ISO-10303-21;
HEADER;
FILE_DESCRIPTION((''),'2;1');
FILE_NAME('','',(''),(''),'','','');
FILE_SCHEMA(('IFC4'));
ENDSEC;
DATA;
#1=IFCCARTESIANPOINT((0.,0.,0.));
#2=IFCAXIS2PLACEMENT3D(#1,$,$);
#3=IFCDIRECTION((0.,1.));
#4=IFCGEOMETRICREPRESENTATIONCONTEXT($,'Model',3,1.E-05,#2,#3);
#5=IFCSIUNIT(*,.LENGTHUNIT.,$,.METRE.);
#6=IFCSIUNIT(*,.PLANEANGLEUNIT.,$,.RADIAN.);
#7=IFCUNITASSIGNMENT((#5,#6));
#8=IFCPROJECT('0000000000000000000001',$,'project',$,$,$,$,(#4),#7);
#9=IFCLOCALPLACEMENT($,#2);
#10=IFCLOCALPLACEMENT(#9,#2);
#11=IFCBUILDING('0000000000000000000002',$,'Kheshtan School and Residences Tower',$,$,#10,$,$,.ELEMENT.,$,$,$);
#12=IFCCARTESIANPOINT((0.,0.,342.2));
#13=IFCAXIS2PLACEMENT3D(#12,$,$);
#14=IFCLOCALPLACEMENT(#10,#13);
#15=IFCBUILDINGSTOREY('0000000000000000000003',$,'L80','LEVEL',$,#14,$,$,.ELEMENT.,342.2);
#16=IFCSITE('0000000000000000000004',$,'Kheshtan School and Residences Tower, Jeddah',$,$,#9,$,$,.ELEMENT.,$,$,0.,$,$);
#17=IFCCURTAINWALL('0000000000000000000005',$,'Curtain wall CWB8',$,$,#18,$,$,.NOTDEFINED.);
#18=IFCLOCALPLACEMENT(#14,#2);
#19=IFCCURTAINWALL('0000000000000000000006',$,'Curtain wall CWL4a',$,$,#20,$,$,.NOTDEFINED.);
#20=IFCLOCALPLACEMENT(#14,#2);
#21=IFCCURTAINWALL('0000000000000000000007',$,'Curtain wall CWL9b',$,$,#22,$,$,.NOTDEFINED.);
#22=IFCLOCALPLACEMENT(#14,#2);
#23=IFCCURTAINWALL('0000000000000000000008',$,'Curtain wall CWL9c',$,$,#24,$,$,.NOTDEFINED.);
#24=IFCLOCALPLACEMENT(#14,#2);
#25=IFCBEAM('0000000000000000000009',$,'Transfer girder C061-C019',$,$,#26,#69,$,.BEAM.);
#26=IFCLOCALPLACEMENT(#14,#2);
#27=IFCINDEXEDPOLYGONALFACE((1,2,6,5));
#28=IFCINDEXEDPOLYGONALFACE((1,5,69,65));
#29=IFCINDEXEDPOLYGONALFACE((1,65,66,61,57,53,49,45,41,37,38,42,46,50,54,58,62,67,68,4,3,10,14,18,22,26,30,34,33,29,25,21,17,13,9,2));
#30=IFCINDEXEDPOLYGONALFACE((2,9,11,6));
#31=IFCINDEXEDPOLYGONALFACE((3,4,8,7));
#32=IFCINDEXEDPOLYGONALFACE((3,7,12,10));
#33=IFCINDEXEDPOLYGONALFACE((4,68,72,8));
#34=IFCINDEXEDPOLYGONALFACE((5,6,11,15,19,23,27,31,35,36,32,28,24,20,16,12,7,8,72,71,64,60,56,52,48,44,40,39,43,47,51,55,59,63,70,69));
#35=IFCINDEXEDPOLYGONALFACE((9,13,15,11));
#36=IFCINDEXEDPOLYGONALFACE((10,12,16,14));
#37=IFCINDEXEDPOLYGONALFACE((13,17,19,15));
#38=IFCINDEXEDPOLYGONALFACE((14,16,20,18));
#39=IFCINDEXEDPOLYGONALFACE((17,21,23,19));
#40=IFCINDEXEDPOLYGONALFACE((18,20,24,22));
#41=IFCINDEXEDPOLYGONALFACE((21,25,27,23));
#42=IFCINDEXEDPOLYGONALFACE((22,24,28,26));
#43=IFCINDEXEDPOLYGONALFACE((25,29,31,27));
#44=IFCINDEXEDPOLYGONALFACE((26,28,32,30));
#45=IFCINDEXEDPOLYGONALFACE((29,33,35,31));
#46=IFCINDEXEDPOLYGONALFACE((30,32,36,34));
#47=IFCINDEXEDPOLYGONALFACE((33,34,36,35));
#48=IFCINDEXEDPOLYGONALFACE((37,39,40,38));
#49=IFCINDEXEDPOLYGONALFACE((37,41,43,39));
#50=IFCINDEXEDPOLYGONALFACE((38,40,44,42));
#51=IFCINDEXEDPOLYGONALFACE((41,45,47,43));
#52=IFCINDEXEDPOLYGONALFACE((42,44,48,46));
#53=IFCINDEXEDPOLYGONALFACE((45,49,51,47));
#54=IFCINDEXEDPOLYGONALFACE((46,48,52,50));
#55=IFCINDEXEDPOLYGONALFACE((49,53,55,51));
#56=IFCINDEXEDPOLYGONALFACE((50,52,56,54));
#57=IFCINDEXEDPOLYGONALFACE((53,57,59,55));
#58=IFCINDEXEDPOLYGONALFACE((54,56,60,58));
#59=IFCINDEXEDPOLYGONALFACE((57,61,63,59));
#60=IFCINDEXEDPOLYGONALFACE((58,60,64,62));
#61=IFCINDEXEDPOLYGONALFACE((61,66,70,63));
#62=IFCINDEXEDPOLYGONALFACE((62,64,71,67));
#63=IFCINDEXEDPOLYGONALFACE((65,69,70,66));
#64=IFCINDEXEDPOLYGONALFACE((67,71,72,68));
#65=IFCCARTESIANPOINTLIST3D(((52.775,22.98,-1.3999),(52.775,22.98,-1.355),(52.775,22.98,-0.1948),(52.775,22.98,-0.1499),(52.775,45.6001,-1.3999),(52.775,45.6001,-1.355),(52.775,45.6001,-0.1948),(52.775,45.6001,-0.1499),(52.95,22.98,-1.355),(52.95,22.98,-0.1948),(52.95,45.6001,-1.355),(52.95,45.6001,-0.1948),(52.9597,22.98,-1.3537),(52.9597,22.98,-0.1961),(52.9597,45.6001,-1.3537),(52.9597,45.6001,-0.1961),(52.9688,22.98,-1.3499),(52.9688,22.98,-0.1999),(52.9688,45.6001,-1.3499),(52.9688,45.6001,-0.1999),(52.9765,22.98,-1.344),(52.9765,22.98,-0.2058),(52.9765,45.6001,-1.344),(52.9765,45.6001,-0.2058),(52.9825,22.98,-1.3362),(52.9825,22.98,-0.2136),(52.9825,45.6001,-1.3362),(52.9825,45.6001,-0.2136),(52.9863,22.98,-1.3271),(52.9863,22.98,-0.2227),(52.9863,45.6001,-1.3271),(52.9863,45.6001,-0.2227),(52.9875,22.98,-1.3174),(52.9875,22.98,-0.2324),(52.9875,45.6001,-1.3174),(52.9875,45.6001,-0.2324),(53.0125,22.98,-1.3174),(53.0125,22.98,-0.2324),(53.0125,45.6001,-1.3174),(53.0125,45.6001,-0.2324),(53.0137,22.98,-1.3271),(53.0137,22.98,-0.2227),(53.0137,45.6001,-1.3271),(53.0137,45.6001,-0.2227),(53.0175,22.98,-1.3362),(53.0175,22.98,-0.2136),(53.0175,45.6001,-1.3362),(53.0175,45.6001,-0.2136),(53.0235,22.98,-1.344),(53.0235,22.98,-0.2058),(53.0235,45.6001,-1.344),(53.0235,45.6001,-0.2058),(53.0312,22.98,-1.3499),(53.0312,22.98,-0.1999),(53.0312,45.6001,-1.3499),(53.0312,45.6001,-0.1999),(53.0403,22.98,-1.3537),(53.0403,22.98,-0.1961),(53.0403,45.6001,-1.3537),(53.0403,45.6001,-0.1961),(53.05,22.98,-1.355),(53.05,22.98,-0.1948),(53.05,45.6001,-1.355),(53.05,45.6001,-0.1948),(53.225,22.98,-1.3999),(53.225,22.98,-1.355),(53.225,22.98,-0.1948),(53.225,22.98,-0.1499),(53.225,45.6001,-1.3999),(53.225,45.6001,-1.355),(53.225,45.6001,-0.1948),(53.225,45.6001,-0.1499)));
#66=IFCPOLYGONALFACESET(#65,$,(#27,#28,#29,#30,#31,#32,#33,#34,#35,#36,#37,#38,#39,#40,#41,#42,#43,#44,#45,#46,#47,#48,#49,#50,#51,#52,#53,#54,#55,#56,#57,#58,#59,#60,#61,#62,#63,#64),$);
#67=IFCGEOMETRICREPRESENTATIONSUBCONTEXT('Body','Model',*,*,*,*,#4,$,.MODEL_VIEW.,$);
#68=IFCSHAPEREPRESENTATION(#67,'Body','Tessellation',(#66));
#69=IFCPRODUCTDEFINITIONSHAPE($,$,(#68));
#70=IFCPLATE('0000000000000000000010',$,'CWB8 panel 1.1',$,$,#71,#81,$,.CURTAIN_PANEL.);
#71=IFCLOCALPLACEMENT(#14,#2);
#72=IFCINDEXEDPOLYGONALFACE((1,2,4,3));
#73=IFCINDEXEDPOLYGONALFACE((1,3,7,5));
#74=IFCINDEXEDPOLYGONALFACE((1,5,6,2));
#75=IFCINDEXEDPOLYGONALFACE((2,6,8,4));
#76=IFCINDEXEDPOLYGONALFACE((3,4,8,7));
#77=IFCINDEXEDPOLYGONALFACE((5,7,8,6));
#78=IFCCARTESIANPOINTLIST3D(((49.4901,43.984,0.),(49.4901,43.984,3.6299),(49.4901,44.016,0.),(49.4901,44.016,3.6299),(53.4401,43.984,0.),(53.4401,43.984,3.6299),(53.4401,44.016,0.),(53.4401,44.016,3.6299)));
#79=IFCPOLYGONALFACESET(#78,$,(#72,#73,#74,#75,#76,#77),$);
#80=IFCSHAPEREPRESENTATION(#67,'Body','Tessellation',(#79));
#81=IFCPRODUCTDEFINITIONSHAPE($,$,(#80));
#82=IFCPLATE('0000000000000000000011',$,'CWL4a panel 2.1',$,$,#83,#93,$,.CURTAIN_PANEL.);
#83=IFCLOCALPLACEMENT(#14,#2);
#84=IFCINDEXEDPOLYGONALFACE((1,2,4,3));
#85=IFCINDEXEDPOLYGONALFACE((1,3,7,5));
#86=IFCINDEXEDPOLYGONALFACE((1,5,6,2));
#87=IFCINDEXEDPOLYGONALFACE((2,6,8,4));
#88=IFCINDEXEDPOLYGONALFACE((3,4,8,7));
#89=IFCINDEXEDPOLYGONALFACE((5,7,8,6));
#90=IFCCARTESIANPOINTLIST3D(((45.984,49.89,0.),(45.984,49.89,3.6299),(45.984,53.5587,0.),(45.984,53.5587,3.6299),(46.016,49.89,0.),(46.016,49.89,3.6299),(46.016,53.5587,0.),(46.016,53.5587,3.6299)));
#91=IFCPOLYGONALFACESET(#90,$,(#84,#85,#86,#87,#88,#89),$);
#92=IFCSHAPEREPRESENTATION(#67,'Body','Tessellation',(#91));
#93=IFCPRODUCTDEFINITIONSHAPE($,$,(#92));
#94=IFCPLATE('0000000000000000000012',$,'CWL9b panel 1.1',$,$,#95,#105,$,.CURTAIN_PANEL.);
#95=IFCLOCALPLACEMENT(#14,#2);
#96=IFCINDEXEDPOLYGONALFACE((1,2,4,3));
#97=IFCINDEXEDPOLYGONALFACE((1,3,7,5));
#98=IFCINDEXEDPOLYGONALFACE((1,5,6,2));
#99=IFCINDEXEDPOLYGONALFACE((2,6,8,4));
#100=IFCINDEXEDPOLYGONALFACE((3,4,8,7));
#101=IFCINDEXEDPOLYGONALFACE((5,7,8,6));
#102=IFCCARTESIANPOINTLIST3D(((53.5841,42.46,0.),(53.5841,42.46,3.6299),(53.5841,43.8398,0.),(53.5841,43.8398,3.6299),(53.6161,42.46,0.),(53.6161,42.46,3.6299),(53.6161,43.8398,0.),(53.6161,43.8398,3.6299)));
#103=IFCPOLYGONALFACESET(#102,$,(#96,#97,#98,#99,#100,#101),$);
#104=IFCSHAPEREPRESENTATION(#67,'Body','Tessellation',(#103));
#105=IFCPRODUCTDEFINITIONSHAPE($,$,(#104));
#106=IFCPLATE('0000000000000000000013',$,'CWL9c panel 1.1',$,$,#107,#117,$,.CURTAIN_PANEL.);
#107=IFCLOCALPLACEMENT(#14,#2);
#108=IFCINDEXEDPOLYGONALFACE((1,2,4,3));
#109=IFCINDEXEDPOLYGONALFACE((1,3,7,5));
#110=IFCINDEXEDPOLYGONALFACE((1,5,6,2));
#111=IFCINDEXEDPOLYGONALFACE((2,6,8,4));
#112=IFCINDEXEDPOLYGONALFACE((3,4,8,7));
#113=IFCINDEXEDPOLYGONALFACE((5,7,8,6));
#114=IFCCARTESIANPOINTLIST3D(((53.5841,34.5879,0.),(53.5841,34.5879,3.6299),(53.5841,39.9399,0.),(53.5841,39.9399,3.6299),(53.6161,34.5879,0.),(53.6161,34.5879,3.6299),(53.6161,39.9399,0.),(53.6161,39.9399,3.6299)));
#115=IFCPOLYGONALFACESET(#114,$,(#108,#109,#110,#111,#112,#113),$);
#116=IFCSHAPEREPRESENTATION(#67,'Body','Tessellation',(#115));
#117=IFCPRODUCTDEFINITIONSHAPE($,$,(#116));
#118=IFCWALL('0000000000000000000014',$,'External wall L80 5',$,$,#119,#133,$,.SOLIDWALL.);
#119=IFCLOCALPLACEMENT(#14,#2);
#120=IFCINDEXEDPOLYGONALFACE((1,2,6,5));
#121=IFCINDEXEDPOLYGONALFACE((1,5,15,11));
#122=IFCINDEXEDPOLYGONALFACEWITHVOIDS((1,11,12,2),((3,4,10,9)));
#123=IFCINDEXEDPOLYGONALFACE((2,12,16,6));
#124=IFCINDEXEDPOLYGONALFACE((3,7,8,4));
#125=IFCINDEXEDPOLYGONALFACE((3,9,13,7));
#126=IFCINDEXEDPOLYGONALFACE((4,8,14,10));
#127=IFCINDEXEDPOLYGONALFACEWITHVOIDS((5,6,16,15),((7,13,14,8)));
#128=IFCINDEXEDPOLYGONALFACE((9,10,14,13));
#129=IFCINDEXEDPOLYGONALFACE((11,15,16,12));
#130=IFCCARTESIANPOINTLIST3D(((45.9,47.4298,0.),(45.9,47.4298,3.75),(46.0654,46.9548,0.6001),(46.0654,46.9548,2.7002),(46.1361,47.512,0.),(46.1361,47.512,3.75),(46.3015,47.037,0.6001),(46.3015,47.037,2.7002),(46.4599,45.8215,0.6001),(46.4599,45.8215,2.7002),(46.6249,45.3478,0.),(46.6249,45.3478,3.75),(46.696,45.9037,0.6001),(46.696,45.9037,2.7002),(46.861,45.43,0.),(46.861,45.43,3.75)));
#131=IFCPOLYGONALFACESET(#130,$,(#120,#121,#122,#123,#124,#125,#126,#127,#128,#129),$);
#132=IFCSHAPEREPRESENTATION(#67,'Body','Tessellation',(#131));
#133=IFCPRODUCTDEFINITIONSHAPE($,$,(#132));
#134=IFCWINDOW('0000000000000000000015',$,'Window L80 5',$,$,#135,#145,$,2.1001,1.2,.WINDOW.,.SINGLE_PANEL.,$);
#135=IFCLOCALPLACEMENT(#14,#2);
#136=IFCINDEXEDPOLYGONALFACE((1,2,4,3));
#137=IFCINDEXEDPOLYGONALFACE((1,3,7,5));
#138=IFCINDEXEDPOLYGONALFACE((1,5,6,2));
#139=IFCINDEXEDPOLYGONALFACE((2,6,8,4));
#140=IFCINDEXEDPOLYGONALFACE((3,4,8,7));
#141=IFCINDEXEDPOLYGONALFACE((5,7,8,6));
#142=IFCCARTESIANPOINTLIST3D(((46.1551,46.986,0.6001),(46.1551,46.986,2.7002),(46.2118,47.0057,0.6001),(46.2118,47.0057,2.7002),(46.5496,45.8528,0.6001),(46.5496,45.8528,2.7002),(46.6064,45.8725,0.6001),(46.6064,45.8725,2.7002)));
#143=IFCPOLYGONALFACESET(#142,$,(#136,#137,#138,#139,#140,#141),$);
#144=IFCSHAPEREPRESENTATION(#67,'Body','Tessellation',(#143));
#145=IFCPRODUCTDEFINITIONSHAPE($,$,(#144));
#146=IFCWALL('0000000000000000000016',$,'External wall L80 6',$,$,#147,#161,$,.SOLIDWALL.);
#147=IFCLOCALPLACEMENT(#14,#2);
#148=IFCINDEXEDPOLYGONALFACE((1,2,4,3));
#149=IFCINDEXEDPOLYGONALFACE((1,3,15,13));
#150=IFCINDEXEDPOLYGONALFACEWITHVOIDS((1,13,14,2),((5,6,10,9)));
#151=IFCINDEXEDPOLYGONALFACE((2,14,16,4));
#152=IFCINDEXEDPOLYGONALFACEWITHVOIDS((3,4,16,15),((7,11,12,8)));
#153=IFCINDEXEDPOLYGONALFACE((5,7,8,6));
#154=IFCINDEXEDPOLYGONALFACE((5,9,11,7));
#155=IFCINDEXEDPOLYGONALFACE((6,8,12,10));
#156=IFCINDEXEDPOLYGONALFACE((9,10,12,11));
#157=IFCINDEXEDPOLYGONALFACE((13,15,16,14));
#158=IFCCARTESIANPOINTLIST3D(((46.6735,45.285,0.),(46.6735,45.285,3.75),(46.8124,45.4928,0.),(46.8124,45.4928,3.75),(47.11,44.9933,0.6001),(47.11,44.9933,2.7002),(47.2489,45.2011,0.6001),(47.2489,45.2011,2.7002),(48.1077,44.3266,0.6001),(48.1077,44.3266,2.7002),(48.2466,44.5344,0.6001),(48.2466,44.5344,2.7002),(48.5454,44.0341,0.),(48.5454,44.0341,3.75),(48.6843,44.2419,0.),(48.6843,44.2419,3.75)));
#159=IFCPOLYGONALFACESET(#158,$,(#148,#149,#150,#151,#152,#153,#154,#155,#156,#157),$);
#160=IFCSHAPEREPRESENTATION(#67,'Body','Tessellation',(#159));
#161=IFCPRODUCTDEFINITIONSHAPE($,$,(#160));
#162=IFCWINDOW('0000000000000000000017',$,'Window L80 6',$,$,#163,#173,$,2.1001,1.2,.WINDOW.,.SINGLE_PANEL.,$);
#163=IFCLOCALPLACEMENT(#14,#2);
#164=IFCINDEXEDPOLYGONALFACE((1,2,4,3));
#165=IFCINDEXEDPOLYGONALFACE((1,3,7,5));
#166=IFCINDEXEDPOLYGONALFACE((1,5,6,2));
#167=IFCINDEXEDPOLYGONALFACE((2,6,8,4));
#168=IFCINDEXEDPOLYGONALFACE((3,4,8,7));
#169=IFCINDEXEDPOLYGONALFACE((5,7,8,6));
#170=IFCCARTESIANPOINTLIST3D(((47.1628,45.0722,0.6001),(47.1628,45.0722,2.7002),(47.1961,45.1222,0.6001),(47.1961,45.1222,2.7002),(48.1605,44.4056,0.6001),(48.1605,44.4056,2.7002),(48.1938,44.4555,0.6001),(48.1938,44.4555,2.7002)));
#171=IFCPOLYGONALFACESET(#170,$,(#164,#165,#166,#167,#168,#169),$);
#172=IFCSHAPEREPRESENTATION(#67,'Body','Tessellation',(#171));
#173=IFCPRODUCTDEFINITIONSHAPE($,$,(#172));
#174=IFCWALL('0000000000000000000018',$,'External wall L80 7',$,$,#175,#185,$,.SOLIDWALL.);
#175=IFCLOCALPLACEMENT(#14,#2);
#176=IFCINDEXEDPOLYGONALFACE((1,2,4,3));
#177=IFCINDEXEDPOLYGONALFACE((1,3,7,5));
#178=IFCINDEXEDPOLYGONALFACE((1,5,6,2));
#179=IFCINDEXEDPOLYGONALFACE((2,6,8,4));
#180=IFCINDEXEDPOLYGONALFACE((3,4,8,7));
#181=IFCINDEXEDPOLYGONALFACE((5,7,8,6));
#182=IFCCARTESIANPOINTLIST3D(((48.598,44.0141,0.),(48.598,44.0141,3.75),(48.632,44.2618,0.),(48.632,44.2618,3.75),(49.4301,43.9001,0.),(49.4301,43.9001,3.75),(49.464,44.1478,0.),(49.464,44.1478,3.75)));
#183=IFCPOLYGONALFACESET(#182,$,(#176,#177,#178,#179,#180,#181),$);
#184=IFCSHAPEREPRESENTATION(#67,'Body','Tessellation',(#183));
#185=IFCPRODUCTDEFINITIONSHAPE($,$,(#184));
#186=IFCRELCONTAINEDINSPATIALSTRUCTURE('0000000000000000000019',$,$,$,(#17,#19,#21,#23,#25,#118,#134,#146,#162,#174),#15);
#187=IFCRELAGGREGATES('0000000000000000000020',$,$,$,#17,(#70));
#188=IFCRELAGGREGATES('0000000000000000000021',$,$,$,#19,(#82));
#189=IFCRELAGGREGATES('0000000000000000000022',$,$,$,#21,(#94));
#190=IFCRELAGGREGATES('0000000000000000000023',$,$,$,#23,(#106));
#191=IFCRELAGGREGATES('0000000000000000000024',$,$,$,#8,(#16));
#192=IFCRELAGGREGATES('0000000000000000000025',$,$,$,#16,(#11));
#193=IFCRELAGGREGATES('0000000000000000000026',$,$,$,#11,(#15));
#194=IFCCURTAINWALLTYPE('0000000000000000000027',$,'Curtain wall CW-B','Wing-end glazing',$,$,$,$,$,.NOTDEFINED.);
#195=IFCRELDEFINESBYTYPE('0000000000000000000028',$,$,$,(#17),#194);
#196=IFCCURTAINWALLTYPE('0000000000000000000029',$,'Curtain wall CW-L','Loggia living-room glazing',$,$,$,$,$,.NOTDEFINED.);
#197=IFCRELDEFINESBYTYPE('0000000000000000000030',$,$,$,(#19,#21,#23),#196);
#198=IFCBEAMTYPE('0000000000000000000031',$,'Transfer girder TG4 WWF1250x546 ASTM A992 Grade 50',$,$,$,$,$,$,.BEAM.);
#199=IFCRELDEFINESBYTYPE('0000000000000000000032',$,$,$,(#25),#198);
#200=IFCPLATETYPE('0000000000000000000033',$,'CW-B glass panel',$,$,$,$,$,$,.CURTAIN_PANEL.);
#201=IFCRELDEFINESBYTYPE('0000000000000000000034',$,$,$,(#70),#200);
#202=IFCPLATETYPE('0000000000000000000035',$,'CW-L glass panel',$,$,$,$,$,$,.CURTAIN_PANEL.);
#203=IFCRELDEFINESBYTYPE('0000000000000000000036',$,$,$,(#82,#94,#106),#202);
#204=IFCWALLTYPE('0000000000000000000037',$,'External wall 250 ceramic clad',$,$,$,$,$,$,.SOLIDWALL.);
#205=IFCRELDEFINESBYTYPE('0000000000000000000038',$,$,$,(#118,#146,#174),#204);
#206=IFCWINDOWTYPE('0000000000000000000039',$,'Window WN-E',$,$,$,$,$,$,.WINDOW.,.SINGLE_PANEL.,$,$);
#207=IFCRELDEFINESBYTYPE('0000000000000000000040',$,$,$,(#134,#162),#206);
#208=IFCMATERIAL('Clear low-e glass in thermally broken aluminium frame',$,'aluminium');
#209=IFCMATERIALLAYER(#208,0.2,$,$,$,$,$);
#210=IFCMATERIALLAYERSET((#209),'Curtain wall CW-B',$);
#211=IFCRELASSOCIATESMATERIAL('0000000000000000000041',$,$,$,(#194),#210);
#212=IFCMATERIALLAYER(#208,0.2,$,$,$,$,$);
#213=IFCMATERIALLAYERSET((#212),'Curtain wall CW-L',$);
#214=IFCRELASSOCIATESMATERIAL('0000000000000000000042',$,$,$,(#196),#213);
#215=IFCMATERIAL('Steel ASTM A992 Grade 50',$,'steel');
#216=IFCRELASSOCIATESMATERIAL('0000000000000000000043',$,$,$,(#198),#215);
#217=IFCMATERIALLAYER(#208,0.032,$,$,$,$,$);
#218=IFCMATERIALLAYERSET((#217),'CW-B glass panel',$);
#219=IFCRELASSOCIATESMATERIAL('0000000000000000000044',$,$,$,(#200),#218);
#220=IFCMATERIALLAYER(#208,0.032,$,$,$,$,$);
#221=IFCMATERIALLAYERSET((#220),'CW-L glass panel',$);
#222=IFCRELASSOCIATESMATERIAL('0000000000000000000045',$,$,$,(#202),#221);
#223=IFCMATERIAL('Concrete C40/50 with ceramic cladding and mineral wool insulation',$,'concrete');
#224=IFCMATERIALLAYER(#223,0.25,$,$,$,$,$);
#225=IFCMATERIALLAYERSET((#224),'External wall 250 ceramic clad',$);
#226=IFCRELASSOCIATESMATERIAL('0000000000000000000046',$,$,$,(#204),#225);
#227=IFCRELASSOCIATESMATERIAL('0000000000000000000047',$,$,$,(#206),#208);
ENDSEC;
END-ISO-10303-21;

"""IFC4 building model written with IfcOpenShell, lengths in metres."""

from ifc_helpers import new_model, si_unit, direction, frame, frame_2d, origin, origin_2d, place, context, subcontext, project, spatial, rectangle, i_section, extrude, source, transform, mapped, material, layer, layer_set, material_profile, profile_set, type_object, element, fill, aggregate, save


model = new_model("IFC4")

# Units and contexts
model_context = context("Model", 3, precision=1e-05, world=origin(), true_north=direction((0.0, 1.0)))
body_context = subcontext(model_context, "Body", "Model", "MODEL_VIEW")
ifc_project = project(units=[si_unit("LENGTHUNIT", "METRE"), si_unit("PLANEANGLEUNIT", "RADIAN")], contexts=[model_context])

# Site, building, storey
site_placement = place(None, origin())
site = spatial("IfcSite", under=ifc_project, at=site_placement, Name="Kheshtan School and Residences Tower, Jeddah", CompositionType="ELEMENT", RefElevation=0.0)
building_placement = place(site_placement, origin())
building = spatial("IfcBuilding", under=site, at=building_placement, Name="Kheshtan School and Residences Tower", CompositionType="ELEMENT")
storey_placement = place(building_placement, frame((0.0, 0.0, 342.2)))
storey = spatial("IfcBuildingStorey", under=building, at=storey_placement, Name="L80", Description="LEVEL", CompositionType="ELEMENT", Elevation=342.2)

# Shared definitions
ifc_material_1 = material(Name="Steel ASTM A992 Grade 50", Category="steel")

# Curtain wall
ifc_material_2 = material(Name="Clear low-e glass in thermally broken aluminium frame", Category="aluminium")
ifc_layer_1 = layer(ifc_material_2, 0.2)
ifc_layer_set_1 = layer_set([ifc_layer_1], Name="Curtain wall CW-B")
curtain_wall_type_1 = type_object("IfcCurtainWallType", Name="Curtain wall CW-B", Description="Wing-end glazing", PredefinedType="NOTDEFINED", material=ifc_layer_set_1)
curtain_wall_1_placement = place(storey_placement, origin())
curtain_wall_1 = element("IfcCurtainWall", 1, at=curtain_wall_1_placement, inside=storey, type_object=curtain_wall_type_1, Name="Curtain wall CWB8", PredefinedType="NOTDEFINED")

# Curtain wall
ifc_layer_2 = layer(ifc_material_2, 0.2)
ifc_layer_set_2 = layer_set([ifc_layer_2], Name="Curtain wall CW-L")
curtain_wall_type_2 = type_object("IfcCurtainWallType", Name="Curtain wall CW-L", Description="Loggia living-room glazing", PredefinedType="NOTDEFINED", material=ifc_layer_set_2)
curtain_wall_2_placement = place(storey_placement, origin())
curtain_wall_2 = element("IfcCurtainWall", 2, at=curtain_wall_2_placement, inside=storey, type_object=curtain_wall_type_2, Name="Curtain wall CWL4a", PredefinedType="NOTDEFINED")

# Curtain wall
curtain_wall_3_placement = place(storey_placement, origin())
curtain_wall_3 = element("IfcCurtainWall", 3, at=curtain_wall_3_placement, inside=storey, type_object=curtain_wall_type_2, Name="Curtain wall CWL9b", PredefinedType="NOTDEFINED")

# Curtain wall
curtain_wall_4_placement = place(storey_placement, origin())
curtain_wall_4 = element("IfcCurtainWall", 4, at=curtain_wall_4_placement, inside=storey, type_object=curtain_wall_type_2, Name="Curtain wall CWL9c", PredefinedType="NOTDEFINED")

# Beam
ifc_material_profile_1 = material_profile(ifc_material_1, i_section(OverallWidth=0.45, OverallDepth=1.25, WebThickness=0.0249, FlangeThickness=0.0449, FilletRadius=0.0376, at=origin_2d()), Name="WWF1250x546")
ifc_profile_set_1 = profile_set([ifc_material_profile_1], Name="Steel ASTM A992 Grade 50")
beam_type_1 = type_object("IfcBeamType", Name="Transfer girder TG4 WWF1250x546 ASTM A992 Grade 50", PredefinedType="BEAM", material=ifc_profile_set_1)
beam_1_placement = place(storey_placement, frame((53.0, 45.6001, -0.7749), z_axis=(0.0, -1.0, 0.0), x_axis=(1.0, 0.0, 0.0)))
element("IfcBeam", 5, at=beam_1_placement, inside=storey, type_object=beam_type_1, Name="Transfer girder C061-C019", PredefinedType="BEAM", context=body_context, shape_type="SweptSolid", body=[
    extrude(i_section(OverallWidth=0.45, OverallDepth=1.25, WebThickness=0.0249, FlangeThickness=0.0449, FilletRadius=0.0376, at=origin_2d()), origin(), (0.0, 0.0, 1.0), 22.6201),
])

# Plates
ifc_layer_3 = layer(ifc_material_2, 0.032)
ifc_layer_set_3 = layer_set([ifc_layer_3], Name="CW-B glass panel")
plate_type_1 = type_object("IfcPlateType", Name="CW-B glass panel", PredefinedType="CURTAIN_PANEL", material=ifc_layer_set_3)
plate_1_placement = place(storey_placement, frame((51.4651, 44.0, 0.0), z_axis=(0.0, 0.0, 1.0), x_axis=(1.0, 0.0, 0.0)))
plate_1 = element("IfcPlate", 6, at=plate_1_placement, type_object=plate_type_1, Name="CWB8 panel 1.1", PredefinedType="CURTAIN_PANEL", context=body_context, shape_type="SweptSolid", body=[
    extrude(rectangle(XDim=3.95, YDim=0.032, at=origin_2d()), origin(), (0.0, 0.0, 1.0), 3.6299),
])
aggregate(curtain_wall_1, [plate_1])
ifc_layer_4 = layer(ifc_material_2, 0.032)
ifc_layer_set_4 = layer_set([ifc_layer_4], Name="CW-L glass panel")
plate_type_2 = type_object("IfcPlateType", Name="CW-L glass panel", PredefinedType="CURTAIN_PANEL", material=ifc_layer_set_4)
plate_2_placement = place(storey_placement, frame((46.0, 51.7244, 0.0), z_axis=(0.0, 0.0, 1.0), x_axis=(0.0, -1.0, 0.0)))
plate_2 = element("IfcPlate", 7, at=plate_2_placement, type_object=plate_type_2, Name="CWL4a panel 2.1", PredefinedType="CURTAIN_PANEL", context=body_context, shape_type="SweptSolid", body=[
    extrude(rectangle(XDim=3.6687, YDim=0.032, at=origin_2d()), origin(), (0.0, 0.0, 1.0), 3.6299),
])
aggregate(curtain_wall_2, [plate_2])
plate_3_placement = place(storey_placement, frame((53.6001, 43.1499, 0.0), z_axis=(0.0, 0.0, 1.0), x_axis=(0.0, -1.0, 0.0)))
plate_3 = element("IfcPlate", 8, at=plate_3_placement, type_object=plate_type_2, Name="CWL9b panel 1.1", PredefinedType="CURTAIN_PANEL", context=body_context, shape_type="SweptSolid", body=[
    extrude(rectangle(XDim=1.3799, YDim=0.032, at=origin_2d()), origin(), (0.0, 0.0, 1.0), 3.6299),
])
aggregate(curtain_wall_3, [plate_3])
plate_4_placement = place(storey_placement, frame((53.6001, 37.2639, 0.0), z_axis=(0.0, 0.0, 1.0), x_axis=(0.0, -1.0, 0.0)))
plate_4 = element("IfcPlate", 9, at=plate_4_placement, type_object=plate_type_2, Name="CWL9c panel 1.1", PredefinedType="CURTAIN_PANEL", context=body_context, shape_type="SweptSolid", body=[
    extrude(rectangle(XDim=5.3521, YDim=0.032, at=origin_2d()), origin(), (0.0, 0.0, 1.0), 3.6299),
])
aggregate(curtain_wall_4, [plate_4])

# Walls, openings, windows
ifc_material_3 = material(Name="Concrete C40/50 with ceramic cladding and mineral wool insulation", Category="concrete")
ifc_layer_5 = layer(ifc_material_3, 0.25)
ifc_layer_set_5 = layer_set([ifc_layer_5], Name="External wall 250 ceramic clad")
wall_type_1 = type_object("IfcWallType", Name="External wall 250 ceramic clad", PredefinedType="SOLIDWALL", material=ifc_layer_set_5)
wall_1_placement = place(storey_placement, frame((46.0181, 47.4709, 0.0), z_axis=(0.0, 0.0, 1.0), x_axis=(0.328791, -0.944403, 0.0)))
wall_1 = element("IfcWall", 10, at=wall_1_placement, inside=storey, type_object=wall_type_1, Name="External wall L80 5", PredefinedType="SOLIDWALL", context=body_context, shape_type="SweptSolid", body=[
    extrude(rectangle(XDim=2.2046, YDim=0.25, at=frame_2d((1.1023, 0.0))), origin(), (0.0, 0.0, 1.0), 3.75),
])
opening_1_placement = place(wall_1_placement, frame((0.5029, 0.0, 0.6001)))
opening_1 = element("IfcOpeningElement", 11, at=opening_1_placement, cuts=wall_1, PredefinedType="OPENING", context=body_context, shape_type="SweptSolid", body=[
    extrude(rectangle(XDim=1.2, YDim=2.1001, at=frame_2d((0.6001, 1.05))), frame((0.0, 0.135, 0.0), z_axis=(0.0, -1.0, 0.0), x_axis=(1.0, 0.0, 0.0)), (0.0, 0.0, 1.0), 0.27),
])
window_type = type_object("IfcWindowType", Name="Window WN-E", PartitioningType="SINGLE_PANEL", PredefinedType="WINDOW", material=ifc_material_2)
shared_shape_1 = source(origin(), body_context, "Body", "SweptSolid", [
    extrude(rectangle(XDim=1.2, YDim=2.1001, at=frame_2d((0.6001, 1.05))), frame((0.0, 0.03, 0.0), z_axis=(0.0, -1.0, 0.0), x_axis=(1.0, 0.0, 0.0)), (0.0, 0.0, 1.0), 0.0601),
])
window_1_placement = place(opening_1_placement, origin())
window_1 = element("IfcWindow", 12, at=window_1_placement, inside=storey, type_object=window_type, Name="Window L80 5", OverallHeight=2.1001, OverallWidth=1.2, PartitioningType="SINGLE_PANEL", PredefinedType="WINDOW", context=body_context, shape_type="MappedRepresentation", body=[
    mapped(shared_shape_1, transform((0.0, 0.0, 0.0), x_axis=(1.0, 0.0, 0.0), y_axis=(0.0, 1.0, 0.0), z_axis=(0.0, 0.0, 1.0), scale=1.0)),
])
fill(opening_1, window_1)
wall_2_placement = place(storey_placement, frame((46.7429, 45.3889, 0.0), z_axis=(0.0, 0.0, 1.0), x_axis=(0.831449, -0.555601, 0.0)))
wall_2 = element("IfcWall", 13, at=wall_2_placement, inside=storey, type_object=wall_type_1, Name="External wall L80 6", PredefinedType="SOLIDWALL", context=body_context, shape_type="SweptSolid", body=[
    extrude(rectangle(XDim=2.2515, YDim=0.25, at=frame_2d((1.1257, 0.0))), origin(), (0.0, 0.0, 1.0), 3.75),
])
opening_2_placement = place(wall_2_placement, frame((0.5249, 0.0, 0.6001)))
opening_2 = element("IfcOpeningElement", 14, at=opening_2_placement, cuts=wall_2, PredefinedType="OPENING", context=body_context, shape_type="SweptSolid", body=[
    extrude(rectangle(XDim=1.2, YDim=2.1001, at=frame_2d((0.6001, 1.05))), frame((0.0, 0.135, 0.0), z_axis=(0.0, -1.0, 0.0), x_axis=(1.0, 0.0, 0.0)), (0.0, 0.0, 1.0), 0.27),
])
window_2_placement = place(opening_2_placement, origin())
window_2 = element("IfcWindow", 15, at=window_2_placement, inside=storey, type_object=window_type, Name="Window L80 6", OverallHeight=2.1001, OverallWidth=1.2, PartitioningType="SINGLE_PANEL", PredefinedType="WINDOW", context=body_context, shape_type="MappedRepresentation", body=[
    mapped(shared_shape_1, transform((0.0, 0.0, 0.0), x_axis=(1.0, 0.0, 0.0), y_axis=(0.0, 1.0, 0.0), z_axis=(0.0, 0.0, 1.0), scale=1.0)),
])
fill(opening_2, window_2)

# Wall
wall_3_placement = place(storey_placement, frame((48.615, 44.1379, 0.0), z_axis=(0.0, 0.0, 1.0), x_axis=(0.990742, -0.135762, 0.0)))
element("IfcWall", 16, at=wall_3_placement, inside=storey, type_object=wall_type_1, Name="External wall L80 7", PredefinedType="SOLIDWALL", context=body_context, shape_type="SweptSolid", body=[
    extrude(rectangle(XDim=0.8398, YDim=0.25, at=frame_2d((0.4199, 0.0))), origin(), (0.0, 0.0, 1.0), 3.75),
])

save(model, "model.ifc")
